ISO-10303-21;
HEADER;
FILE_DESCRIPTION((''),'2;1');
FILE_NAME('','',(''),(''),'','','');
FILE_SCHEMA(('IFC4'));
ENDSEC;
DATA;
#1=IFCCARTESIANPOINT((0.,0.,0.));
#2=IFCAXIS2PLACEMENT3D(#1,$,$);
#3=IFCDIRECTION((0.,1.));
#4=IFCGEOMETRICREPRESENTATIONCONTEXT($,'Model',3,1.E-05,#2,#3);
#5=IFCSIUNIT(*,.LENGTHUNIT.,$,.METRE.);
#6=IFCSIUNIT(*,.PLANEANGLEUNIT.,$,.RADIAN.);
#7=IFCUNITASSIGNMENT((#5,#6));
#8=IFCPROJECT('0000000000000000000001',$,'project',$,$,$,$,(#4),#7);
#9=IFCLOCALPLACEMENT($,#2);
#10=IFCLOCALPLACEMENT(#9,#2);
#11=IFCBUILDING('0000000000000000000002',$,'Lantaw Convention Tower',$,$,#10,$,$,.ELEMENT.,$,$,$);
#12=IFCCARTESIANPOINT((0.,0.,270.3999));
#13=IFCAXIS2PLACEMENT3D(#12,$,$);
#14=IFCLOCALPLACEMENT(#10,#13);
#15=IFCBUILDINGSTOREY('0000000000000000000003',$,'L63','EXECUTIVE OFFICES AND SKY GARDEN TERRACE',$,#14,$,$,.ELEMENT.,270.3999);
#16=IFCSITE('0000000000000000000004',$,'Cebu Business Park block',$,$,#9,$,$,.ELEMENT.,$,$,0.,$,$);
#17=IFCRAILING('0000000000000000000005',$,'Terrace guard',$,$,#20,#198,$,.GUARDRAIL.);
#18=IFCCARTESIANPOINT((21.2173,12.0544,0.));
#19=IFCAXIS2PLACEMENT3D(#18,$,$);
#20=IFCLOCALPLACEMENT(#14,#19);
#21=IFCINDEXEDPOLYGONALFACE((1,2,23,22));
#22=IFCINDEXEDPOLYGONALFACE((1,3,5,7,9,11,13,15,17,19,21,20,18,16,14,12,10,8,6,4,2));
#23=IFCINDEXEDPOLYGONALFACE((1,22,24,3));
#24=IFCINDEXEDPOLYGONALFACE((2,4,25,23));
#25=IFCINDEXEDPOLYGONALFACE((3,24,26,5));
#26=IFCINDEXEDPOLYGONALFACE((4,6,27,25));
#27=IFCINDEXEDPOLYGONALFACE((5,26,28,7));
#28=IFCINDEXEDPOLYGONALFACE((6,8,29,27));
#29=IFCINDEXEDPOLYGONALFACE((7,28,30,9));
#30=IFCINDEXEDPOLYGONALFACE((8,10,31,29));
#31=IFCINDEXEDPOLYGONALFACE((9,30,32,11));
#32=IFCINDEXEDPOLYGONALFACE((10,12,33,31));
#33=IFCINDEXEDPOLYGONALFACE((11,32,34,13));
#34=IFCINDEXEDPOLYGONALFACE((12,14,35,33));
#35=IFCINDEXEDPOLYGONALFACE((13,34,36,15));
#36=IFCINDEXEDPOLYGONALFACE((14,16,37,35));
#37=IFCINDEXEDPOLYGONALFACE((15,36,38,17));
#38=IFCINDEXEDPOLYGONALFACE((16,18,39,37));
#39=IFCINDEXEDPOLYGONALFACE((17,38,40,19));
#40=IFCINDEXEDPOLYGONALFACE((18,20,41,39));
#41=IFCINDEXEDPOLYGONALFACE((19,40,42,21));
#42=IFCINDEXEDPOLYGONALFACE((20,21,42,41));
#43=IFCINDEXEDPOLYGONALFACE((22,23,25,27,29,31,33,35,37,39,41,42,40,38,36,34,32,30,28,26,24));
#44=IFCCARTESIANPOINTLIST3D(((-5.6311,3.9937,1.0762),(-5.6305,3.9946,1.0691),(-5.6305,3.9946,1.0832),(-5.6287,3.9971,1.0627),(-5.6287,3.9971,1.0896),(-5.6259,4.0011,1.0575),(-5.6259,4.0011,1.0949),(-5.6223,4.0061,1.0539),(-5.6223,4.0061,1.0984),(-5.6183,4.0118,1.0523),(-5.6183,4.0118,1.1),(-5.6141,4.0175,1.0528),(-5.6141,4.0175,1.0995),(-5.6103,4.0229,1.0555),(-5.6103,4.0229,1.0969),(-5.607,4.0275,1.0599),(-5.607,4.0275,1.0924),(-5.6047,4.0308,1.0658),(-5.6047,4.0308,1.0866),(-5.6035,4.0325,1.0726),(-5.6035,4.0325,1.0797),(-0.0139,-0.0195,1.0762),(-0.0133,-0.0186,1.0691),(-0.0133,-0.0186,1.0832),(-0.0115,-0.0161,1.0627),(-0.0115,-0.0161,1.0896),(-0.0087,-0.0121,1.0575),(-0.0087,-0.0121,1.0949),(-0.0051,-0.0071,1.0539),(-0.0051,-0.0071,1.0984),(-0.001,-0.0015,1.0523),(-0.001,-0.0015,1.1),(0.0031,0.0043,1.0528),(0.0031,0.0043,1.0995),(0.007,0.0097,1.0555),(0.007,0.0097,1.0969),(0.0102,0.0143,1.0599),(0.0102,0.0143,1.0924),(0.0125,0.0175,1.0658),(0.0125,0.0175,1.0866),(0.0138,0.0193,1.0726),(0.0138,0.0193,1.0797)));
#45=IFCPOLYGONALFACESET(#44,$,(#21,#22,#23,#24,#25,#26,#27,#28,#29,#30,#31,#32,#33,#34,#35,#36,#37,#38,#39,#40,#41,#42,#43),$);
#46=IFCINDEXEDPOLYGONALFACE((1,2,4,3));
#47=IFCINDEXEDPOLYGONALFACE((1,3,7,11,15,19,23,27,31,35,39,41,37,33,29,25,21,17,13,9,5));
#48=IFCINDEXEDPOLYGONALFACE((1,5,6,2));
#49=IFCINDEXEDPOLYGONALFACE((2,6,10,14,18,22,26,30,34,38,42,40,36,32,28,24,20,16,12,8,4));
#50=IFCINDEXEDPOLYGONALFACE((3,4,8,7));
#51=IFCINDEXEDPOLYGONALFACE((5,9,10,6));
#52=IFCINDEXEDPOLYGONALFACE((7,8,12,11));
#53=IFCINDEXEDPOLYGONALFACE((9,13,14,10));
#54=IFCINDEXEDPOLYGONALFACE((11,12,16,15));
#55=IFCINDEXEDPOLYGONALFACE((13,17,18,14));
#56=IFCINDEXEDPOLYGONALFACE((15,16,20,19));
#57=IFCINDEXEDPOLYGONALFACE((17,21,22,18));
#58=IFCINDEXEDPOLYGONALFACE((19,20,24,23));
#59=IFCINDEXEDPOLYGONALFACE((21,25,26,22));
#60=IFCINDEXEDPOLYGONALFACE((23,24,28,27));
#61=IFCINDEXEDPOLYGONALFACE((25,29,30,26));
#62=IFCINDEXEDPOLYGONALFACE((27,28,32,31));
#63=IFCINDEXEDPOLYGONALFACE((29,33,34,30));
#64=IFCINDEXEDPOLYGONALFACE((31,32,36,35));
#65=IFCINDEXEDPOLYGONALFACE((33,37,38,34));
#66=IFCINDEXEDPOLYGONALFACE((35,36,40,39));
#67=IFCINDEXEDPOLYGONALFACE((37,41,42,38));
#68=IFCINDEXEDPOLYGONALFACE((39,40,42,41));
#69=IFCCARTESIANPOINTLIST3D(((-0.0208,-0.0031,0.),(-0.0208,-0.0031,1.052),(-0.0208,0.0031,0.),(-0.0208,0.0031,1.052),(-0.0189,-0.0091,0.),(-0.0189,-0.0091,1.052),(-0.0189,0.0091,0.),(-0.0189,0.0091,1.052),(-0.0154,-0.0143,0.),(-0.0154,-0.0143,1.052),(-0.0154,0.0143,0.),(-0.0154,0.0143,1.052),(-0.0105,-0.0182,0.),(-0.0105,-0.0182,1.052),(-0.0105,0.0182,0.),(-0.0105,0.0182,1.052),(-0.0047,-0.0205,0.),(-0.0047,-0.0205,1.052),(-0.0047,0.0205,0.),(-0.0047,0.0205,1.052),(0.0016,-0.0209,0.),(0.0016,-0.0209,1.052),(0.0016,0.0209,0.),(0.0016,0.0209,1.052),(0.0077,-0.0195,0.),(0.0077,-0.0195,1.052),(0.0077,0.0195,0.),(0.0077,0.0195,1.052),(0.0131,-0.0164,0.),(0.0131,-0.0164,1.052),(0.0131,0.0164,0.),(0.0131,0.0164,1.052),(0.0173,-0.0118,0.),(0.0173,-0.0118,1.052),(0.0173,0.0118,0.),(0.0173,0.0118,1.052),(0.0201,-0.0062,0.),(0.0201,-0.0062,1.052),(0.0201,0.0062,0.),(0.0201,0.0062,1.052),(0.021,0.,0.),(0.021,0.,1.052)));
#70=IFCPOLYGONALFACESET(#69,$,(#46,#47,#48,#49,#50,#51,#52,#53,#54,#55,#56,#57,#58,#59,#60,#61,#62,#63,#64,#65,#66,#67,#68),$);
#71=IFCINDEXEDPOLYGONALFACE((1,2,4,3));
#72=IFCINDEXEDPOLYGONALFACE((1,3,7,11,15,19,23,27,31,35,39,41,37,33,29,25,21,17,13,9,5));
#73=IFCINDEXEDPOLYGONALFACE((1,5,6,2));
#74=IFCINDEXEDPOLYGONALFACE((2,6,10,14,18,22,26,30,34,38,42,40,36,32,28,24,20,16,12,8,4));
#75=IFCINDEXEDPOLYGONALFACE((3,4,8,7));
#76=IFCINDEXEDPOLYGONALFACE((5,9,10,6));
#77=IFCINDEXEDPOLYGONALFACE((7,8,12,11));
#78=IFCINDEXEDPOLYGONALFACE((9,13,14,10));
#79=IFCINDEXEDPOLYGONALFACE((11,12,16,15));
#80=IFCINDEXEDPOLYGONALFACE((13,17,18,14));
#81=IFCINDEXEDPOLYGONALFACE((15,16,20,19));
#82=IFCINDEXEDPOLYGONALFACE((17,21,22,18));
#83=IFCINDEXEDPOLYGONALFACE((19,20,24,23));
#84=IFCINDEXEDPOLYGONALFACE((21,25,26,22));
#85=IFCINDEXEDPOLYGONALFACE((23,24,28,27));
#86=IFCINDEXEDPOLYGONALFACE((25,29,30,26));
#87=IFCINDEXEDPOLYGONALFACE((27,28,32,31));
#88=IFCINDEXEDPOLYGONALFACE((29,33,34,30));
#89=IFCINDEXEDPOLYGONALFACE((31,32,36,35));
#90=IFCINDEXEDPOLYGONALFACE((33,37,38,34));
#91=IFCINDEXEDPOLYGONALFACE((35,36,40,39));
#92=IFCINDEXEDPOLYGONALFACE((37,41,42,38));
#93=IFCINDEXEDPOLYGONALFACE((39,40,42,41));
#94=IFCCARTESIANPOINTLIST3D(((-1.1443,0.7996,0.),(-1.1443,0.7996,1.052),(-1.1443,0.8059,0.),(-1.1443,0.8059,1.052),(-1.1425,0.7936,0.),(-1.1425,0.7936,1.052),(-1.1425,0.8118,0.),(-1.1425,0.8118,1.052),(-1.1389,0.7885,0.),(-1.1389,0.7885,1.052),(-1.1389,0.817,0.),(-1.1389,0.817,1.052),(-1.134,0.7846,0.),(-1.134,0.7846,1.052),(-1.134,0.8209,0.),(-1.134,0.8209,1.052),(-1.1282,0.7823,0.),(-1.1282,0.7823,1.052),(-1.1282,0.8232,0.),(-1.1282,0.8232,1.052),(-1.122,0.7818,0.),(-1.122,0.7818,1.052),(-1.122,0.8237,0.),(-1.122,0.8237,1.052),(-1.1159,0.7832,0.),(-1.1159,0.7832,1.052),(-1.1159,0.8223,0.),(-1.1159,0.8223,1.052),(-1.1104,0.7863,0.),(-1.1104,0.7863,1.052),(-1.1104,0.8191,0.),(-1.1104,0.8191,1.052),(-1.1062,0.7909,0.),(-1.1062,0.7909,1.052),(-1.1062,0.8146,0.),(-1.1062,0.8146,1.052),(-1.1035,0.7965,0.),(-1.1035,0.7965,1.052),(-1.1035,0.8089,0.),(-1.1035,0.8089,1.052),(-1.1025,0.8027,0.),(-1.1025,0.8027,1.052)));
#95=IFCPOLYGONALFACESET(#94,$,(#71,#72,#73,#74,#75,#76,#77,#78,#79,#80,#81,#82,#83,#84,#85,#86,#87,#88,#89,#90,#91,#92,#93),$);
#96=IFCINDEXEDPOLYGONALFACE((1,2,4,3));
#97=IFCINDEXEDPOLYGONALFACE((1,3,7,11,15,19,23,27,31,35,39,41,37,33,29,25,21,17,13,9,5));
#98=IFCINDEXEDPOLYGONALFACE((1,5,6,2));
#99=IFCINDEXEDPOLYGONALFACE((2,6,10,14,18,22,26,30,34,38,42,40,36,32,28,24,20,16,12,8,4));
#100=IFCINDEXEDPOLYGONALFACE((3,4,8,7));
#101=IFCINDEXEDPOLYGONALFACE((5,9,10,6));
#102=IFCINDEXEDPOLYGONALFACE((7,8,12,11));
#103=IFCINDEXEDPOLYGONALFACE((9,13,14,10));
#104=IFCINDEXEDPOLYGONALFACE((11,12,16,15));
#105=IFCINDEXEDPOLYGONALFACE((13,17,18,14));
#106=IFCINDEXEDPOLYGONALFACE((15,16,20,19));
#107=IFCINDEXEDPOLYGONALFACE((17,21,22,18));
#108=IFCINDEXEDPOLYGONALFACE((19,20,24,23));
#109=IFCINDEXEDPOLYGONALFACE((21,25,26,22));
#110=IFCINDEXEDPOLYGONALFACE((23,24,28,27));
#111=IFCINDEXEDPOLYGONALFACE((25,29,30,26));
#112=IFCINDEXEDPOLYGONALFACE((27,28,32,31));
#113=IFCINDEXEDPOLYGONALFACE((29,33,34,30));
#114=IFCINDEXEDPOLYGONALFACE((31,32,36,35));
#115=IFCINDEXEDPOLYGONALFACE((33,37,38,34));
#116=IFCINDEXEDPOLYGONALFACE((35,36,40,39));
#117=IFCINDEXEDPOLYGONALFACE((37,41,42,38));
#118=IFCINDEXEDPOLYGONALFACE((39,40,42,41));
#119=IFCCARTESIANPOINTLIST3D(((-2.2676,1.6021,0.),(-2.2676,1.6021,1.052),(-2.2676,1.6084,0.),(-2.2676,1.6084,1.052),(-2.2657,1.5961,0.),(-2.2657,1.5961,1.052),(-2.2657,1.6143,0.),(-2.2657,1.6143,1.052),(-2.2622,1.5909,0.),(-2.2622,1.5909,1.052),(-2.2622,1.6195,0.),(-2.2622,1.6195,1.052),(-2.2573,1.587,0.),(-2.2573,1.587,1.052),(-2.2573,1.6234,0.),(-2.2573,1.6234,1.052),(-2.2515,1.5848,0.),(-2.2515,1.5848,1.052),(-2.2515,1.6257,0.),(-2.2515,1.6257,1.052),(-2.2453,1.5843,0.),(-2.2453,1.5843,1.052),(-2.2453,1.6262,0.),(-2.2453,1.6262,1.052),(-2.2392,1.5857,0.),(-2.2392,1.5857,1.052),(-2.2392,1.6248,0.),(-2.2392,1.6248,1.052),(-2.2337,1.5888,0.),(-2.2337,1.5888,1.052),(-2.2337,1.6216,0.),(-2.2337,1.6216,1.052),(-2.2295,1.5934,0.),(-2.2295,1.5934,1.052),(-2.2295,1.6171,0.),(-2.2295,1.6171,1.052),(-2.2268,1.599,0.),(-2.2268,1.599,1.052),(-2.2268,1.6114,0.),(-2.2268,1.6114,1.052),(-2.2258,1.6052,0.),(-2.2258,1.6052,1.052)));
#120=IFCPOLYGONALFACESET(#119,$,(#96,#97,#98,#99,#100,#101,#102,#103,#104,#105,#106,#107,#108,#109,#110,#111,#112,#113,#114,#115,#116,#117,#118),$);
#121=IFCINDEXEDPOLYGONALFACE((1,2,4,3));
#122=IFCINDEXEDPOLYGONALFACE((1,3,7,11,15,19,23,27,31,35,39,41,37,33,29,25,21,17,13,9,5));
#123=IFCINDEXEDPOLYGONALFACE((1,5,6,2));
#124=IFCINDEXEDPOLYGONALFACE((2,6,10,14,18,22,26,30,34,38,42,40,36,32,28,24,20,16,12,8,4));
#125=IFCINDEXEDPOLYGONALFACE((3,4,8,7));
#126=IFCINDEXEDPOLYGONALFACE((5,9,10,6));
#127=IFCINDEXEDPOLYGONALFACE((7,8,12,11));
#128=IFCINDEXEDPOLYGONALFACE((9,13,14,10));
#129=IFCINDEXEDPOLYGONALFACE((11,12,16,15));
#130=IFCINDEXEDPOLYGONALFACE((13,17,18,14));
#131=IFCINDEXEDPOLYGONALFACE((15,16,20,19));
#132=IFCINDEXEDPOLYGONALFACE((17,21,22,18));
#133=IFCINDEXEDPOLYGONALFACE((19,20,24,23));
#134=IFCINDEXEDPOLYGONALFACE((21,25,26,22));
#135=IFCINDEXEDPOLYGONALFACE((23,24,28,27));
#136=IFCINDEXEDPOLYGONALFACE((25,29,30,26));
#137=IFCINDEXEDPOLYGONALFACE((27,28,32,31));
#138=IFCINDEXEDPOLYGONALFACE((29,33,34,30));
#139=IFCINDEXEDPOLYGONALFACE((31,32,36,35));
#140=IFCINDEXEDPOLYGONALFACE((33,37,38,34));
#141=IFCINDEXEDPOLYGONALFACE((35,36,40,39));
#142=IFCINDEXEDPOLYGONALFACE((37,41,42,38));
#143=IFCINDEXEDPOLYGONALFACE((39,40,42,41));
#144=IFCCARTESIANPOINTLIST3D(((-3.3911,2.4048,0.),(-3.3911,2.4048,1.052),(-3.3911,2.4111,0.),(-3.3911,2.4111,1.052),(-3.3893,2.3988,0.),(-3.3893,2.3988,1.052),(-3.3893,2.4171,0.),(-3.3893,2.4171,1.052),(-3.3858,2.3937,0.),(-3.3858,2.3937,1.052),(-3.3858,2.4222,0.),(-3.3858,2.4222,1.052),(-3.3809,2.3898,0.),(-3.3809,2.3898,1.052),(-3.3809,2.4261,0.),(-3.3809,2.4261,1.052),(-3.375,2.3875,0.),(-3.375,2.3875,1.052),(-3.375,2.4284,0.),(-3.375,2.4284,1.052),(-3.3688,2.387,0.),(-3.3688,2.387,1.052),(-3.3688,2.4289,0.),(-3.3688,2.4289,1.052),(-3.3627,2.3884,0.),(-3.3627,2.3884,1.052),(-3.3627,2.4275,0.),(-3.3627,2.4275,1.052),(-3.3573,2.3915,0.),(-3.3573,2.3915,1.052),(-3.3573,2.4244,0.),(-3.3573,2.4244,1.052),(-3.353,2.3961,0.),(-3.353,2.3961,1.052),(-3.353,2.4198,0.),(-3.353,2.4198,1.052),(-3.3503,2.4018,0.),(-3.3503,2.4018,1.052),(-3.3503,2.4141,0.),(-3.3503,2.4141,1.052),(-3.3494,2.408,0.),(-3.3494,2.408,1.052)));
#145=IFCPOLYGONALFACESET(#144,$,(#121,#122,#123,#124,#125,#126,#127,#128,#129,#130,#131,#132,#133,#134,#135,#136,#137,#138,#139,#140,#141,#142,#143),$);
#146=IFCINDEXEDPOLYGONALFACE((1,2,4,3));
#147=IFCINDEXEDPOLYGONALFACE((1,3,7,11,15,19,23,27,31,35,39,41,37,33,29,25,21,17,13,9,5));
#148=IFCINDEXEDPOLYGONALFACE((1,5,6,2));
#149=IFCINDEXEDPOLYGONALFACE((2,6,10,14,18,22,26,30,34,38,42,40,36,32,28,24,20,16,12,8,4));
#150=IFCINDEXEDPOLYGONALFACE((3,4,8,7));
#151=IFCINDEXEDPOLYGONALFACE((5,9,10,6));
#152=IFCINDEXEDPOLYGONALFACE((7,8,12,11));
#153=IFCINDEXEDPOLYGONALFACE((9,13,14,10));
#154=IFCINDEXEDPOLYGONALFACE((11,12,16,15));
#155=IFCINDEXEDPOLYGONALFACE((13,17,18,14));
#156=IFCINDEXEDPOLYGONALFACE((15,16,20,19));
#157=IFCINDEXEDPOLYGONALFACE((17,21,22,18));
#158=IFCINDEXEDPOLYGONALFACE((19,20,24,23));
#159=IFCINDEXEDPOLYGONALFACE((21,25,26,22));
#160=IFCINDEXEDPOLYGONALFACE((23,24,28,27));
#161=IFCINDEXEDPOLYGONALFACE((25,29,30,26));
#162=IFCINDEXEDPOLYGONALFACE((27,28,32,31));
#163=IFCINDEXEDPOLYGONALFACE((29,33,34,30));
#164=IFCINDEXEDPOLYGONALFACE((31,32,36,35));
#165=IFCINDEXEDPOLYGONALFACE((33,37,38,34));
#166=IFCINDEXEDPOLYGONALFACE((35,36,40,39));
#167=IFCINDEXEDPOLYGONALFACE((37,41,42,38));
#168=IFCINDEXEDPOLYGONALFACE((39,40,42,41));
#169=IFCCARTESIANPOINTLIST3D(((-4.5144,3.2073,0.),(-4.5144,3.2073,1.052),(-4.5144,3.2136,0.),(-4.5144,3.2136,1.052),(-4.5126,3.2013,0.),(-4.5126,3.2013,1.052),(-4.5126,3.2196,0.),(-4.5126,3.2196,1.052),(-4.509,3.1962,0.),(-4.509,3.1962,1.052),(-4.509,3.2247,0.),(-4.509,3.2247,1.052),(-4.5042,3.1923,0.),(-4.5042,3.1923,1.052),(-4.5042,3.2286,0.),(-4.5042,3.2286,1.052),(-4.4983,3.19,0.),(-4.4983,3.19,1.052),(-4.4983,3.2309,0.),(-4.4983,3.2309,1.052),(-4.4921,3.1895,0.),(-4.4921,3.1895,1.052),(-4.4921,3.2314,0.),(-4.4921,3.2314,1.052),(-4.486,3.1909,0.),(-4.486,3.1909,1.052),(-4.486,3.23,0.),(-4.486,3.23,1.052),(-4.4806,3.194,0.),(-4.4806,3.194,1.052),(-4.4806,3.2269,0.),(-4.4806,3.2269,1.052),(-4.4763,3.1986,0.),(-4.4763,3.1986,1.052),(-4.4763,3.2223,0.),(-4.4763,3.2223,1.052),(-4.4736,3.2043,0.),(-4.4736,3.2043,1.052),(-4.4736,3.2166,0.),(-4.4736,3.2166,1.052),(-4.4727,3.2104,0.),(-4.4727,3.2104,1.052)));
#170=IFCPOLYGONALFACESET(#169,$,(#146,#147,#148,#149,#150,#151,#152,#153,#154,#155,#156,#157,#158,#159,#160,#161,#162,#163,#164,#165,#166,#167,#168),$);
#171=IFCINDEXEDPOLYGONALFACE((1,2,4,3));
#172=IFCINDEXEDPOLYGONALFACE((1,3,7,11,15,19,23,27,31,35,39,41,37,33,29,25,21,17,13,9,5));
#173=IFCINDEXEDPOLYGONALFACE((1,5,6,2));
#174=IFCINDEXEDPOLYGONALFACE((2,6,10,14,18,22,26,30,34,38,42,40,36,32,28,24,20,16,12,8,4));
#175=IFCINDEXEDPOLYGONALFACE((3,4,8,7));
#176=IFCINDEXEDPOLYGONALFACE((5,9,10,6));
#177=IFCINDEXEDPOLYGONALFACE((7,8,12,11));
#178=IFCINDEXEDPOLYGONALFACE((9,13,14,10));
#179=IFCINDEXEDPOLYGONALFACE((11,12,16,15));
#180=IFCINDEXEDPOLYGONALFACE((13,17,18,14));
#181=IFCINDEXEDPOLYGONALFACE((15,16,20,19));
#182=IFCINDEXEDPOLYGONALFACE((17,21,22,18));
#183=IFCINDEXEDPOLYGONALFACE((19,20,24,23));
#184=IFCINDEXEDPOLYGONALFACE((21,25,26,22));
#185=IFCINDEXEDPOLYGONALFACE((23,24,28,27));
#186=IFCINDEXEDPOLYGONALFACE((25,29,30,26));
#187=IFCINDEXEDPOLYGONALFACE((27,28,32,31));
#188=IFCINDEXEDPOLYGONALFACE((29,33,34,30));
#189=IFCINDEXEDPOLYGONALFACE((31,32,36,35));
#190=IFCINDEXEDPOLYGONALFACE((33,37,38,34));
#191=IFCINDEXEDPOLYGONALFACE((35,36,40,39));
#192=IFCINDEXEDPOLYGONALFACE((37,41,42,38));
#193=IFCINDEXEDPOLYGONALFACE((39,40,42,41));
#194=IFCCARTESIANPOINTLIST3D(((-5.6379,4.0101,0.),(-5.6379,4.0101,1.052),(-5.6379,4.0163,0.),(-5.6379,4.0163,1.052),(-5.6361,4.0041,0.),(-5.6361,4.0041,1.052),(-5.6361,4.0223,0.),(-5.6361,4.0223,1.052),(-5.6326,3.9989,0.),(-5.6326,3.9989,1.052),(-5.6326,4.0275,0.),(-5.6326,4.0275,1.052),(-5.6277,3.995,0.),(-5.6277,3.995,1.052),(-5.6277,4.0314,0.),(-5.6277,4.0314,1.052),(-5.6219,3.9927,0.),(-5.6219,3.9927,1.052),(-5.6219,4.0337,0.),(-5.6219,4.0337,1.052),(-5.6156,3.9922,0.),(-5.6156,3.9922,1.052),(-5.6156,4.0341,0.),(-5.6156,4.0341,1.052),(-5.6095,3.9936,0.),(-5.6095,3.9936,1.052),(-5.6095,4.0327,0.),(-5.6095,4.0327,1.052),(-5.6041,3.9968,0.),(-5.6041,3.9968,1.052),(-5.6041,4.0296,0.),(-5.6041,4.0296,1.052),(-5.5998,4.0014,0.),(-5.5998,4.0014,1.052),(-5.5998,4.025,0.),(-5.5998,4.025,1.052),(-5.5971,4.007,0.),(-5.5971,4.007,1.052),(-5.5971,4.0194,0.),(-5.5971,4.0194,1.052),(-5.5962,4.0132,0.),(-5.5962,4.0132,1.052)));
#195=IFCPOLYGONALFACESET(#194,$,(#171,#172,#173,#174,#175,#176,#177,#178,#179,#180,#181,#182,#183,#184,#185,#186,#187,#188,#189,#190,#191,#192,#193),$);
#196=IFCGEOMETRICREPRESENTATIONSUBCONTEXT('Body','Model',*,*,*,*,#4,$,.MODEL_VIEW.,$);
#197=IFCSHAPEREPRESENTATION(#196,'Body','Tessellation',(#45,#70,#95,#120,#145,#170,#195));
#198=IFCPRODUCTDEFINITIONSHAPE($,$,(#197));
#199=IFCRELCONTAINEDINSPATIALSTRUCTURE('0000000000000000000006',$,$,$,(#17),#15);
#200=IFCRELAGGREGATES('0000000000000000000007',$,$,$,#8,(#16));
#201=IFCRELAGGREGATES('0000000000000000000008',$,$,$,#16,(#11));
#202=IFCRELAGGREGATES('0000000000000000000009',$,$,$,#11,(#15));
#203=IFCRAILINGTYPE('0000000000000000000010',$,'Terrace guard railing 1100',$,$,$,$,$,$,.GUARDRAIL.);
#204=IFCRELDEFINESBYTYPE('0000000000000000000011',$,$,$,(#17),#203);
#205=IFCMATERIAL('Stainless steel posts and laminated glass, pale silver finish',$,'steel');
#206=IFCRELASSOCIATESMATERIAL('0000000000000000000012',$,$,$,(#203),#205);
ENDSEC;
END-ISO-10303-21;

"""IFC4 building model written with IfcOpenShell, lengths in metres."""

from ifc_helpers import new_model, si_unit, direction, frame, origin, origin_2d, place, context, subcontext, project, spatial, circle, extrude, material, type_object, element, save


model = new_model("IFC4")

# Units and contexts
model_context = context("Model", 3, precision=1e-05, world=origin(), true_north=direction((0.0, 1.0)))
body_context = subcontext(model_context, "Body", "Model", "MODEL_VIEW")
ifc_project = project(units=[si_unit("LENGTHUNIT", "METRE"), si_unit("PLANEANGLEUNIT", "RADIAN")], contexts=[model_context])

# Site, building, storey
site_placement = place(None, origin())
site = spatial("IfcSite", under=ifc_project, at=site_placement, Name="Cebu Business Park block", CompositionType="ELEMENT", RefElevation=0.0)
building_placement = place(site_placement, origin())
building = spatial("IfcBuilding", under=site, at=building_placement, Name="Lantaw Convention Tower", CompositionType="ELEMENT")
storey_placement = place(building_placement, frame((0.0, 0.0, 270.3999)))
storey = spatial("IfcBuildingStorey", under=building, at=storey_placement, Name="L63", Description="EXECUTIVE OFFICES AND SKY GARDEN TERRACE", CompositionType="ELEMENT", Elevation=270.3999)

# Railing
ifc_material_1 = material(Name="Stainless steel posts and laminated glass, pale silver finish", Category="steel")
railing_type = type_object("IfcRailingType", Name="Terrace guard railing 1100", PredefinedType="GUARDRAIL", material=ifc_material_1)
railing_1_placement = place(storey_placement, frame((21.2173, 12.0544, 0.0)))
element("IfcRailing", 1, at=railing_1_placement, inside=storey, type_object=railing_type, Name="Terrace guard", PredefinedType="GUARDRAIL", context=body_context, shape_type="SweptSolid", body=[
    extrude(circle(Radius=0.0239, at=origin_2d()), frame((0.0, 0.0, 1.0762), z_axis=(-0.813671, 0.581325, 0.0), x_axis=(-0.581325, -0.813671, 0.0)), (0.0, 0.0, 1.0), 6.9036),
    extrude(circle(Radius=0.021, at=origin_2d()), origin(), (0.0, 0.0, 1.0), 1.052),
    extrude(circle(Radius=0.021, at=origin_2d()), frame((-1.1235, 0.8027, 0.0)), (0.0, 0.0, 1.0), 1.052),
    extrude(circle(Radius=0.021, at=origin_2d()), frame((-2.2468, 1.6052, 0.0)), (0.0, 0.0, 1.0), 1.052),
    extrude(circle(Radius=0.021, at=origin_2d()), frame((-3.3704, 2.408, 0.0)), (0.0, 0.0, 1.0), 1.052),
    extrude(circle(Radius=0.021, at=origin_2d()), frame((-4.4937, 3.2104, 0.0)), (0.0, 0.0, 1.0), 1.052),
    extrude(circle(Radius=0.021, at=origin_2d()), frame((-5.6172, 4.0132, 0.0)), (0.0, 0.0, 1.0), 1.052),
])

save(model, "model.ifc")
